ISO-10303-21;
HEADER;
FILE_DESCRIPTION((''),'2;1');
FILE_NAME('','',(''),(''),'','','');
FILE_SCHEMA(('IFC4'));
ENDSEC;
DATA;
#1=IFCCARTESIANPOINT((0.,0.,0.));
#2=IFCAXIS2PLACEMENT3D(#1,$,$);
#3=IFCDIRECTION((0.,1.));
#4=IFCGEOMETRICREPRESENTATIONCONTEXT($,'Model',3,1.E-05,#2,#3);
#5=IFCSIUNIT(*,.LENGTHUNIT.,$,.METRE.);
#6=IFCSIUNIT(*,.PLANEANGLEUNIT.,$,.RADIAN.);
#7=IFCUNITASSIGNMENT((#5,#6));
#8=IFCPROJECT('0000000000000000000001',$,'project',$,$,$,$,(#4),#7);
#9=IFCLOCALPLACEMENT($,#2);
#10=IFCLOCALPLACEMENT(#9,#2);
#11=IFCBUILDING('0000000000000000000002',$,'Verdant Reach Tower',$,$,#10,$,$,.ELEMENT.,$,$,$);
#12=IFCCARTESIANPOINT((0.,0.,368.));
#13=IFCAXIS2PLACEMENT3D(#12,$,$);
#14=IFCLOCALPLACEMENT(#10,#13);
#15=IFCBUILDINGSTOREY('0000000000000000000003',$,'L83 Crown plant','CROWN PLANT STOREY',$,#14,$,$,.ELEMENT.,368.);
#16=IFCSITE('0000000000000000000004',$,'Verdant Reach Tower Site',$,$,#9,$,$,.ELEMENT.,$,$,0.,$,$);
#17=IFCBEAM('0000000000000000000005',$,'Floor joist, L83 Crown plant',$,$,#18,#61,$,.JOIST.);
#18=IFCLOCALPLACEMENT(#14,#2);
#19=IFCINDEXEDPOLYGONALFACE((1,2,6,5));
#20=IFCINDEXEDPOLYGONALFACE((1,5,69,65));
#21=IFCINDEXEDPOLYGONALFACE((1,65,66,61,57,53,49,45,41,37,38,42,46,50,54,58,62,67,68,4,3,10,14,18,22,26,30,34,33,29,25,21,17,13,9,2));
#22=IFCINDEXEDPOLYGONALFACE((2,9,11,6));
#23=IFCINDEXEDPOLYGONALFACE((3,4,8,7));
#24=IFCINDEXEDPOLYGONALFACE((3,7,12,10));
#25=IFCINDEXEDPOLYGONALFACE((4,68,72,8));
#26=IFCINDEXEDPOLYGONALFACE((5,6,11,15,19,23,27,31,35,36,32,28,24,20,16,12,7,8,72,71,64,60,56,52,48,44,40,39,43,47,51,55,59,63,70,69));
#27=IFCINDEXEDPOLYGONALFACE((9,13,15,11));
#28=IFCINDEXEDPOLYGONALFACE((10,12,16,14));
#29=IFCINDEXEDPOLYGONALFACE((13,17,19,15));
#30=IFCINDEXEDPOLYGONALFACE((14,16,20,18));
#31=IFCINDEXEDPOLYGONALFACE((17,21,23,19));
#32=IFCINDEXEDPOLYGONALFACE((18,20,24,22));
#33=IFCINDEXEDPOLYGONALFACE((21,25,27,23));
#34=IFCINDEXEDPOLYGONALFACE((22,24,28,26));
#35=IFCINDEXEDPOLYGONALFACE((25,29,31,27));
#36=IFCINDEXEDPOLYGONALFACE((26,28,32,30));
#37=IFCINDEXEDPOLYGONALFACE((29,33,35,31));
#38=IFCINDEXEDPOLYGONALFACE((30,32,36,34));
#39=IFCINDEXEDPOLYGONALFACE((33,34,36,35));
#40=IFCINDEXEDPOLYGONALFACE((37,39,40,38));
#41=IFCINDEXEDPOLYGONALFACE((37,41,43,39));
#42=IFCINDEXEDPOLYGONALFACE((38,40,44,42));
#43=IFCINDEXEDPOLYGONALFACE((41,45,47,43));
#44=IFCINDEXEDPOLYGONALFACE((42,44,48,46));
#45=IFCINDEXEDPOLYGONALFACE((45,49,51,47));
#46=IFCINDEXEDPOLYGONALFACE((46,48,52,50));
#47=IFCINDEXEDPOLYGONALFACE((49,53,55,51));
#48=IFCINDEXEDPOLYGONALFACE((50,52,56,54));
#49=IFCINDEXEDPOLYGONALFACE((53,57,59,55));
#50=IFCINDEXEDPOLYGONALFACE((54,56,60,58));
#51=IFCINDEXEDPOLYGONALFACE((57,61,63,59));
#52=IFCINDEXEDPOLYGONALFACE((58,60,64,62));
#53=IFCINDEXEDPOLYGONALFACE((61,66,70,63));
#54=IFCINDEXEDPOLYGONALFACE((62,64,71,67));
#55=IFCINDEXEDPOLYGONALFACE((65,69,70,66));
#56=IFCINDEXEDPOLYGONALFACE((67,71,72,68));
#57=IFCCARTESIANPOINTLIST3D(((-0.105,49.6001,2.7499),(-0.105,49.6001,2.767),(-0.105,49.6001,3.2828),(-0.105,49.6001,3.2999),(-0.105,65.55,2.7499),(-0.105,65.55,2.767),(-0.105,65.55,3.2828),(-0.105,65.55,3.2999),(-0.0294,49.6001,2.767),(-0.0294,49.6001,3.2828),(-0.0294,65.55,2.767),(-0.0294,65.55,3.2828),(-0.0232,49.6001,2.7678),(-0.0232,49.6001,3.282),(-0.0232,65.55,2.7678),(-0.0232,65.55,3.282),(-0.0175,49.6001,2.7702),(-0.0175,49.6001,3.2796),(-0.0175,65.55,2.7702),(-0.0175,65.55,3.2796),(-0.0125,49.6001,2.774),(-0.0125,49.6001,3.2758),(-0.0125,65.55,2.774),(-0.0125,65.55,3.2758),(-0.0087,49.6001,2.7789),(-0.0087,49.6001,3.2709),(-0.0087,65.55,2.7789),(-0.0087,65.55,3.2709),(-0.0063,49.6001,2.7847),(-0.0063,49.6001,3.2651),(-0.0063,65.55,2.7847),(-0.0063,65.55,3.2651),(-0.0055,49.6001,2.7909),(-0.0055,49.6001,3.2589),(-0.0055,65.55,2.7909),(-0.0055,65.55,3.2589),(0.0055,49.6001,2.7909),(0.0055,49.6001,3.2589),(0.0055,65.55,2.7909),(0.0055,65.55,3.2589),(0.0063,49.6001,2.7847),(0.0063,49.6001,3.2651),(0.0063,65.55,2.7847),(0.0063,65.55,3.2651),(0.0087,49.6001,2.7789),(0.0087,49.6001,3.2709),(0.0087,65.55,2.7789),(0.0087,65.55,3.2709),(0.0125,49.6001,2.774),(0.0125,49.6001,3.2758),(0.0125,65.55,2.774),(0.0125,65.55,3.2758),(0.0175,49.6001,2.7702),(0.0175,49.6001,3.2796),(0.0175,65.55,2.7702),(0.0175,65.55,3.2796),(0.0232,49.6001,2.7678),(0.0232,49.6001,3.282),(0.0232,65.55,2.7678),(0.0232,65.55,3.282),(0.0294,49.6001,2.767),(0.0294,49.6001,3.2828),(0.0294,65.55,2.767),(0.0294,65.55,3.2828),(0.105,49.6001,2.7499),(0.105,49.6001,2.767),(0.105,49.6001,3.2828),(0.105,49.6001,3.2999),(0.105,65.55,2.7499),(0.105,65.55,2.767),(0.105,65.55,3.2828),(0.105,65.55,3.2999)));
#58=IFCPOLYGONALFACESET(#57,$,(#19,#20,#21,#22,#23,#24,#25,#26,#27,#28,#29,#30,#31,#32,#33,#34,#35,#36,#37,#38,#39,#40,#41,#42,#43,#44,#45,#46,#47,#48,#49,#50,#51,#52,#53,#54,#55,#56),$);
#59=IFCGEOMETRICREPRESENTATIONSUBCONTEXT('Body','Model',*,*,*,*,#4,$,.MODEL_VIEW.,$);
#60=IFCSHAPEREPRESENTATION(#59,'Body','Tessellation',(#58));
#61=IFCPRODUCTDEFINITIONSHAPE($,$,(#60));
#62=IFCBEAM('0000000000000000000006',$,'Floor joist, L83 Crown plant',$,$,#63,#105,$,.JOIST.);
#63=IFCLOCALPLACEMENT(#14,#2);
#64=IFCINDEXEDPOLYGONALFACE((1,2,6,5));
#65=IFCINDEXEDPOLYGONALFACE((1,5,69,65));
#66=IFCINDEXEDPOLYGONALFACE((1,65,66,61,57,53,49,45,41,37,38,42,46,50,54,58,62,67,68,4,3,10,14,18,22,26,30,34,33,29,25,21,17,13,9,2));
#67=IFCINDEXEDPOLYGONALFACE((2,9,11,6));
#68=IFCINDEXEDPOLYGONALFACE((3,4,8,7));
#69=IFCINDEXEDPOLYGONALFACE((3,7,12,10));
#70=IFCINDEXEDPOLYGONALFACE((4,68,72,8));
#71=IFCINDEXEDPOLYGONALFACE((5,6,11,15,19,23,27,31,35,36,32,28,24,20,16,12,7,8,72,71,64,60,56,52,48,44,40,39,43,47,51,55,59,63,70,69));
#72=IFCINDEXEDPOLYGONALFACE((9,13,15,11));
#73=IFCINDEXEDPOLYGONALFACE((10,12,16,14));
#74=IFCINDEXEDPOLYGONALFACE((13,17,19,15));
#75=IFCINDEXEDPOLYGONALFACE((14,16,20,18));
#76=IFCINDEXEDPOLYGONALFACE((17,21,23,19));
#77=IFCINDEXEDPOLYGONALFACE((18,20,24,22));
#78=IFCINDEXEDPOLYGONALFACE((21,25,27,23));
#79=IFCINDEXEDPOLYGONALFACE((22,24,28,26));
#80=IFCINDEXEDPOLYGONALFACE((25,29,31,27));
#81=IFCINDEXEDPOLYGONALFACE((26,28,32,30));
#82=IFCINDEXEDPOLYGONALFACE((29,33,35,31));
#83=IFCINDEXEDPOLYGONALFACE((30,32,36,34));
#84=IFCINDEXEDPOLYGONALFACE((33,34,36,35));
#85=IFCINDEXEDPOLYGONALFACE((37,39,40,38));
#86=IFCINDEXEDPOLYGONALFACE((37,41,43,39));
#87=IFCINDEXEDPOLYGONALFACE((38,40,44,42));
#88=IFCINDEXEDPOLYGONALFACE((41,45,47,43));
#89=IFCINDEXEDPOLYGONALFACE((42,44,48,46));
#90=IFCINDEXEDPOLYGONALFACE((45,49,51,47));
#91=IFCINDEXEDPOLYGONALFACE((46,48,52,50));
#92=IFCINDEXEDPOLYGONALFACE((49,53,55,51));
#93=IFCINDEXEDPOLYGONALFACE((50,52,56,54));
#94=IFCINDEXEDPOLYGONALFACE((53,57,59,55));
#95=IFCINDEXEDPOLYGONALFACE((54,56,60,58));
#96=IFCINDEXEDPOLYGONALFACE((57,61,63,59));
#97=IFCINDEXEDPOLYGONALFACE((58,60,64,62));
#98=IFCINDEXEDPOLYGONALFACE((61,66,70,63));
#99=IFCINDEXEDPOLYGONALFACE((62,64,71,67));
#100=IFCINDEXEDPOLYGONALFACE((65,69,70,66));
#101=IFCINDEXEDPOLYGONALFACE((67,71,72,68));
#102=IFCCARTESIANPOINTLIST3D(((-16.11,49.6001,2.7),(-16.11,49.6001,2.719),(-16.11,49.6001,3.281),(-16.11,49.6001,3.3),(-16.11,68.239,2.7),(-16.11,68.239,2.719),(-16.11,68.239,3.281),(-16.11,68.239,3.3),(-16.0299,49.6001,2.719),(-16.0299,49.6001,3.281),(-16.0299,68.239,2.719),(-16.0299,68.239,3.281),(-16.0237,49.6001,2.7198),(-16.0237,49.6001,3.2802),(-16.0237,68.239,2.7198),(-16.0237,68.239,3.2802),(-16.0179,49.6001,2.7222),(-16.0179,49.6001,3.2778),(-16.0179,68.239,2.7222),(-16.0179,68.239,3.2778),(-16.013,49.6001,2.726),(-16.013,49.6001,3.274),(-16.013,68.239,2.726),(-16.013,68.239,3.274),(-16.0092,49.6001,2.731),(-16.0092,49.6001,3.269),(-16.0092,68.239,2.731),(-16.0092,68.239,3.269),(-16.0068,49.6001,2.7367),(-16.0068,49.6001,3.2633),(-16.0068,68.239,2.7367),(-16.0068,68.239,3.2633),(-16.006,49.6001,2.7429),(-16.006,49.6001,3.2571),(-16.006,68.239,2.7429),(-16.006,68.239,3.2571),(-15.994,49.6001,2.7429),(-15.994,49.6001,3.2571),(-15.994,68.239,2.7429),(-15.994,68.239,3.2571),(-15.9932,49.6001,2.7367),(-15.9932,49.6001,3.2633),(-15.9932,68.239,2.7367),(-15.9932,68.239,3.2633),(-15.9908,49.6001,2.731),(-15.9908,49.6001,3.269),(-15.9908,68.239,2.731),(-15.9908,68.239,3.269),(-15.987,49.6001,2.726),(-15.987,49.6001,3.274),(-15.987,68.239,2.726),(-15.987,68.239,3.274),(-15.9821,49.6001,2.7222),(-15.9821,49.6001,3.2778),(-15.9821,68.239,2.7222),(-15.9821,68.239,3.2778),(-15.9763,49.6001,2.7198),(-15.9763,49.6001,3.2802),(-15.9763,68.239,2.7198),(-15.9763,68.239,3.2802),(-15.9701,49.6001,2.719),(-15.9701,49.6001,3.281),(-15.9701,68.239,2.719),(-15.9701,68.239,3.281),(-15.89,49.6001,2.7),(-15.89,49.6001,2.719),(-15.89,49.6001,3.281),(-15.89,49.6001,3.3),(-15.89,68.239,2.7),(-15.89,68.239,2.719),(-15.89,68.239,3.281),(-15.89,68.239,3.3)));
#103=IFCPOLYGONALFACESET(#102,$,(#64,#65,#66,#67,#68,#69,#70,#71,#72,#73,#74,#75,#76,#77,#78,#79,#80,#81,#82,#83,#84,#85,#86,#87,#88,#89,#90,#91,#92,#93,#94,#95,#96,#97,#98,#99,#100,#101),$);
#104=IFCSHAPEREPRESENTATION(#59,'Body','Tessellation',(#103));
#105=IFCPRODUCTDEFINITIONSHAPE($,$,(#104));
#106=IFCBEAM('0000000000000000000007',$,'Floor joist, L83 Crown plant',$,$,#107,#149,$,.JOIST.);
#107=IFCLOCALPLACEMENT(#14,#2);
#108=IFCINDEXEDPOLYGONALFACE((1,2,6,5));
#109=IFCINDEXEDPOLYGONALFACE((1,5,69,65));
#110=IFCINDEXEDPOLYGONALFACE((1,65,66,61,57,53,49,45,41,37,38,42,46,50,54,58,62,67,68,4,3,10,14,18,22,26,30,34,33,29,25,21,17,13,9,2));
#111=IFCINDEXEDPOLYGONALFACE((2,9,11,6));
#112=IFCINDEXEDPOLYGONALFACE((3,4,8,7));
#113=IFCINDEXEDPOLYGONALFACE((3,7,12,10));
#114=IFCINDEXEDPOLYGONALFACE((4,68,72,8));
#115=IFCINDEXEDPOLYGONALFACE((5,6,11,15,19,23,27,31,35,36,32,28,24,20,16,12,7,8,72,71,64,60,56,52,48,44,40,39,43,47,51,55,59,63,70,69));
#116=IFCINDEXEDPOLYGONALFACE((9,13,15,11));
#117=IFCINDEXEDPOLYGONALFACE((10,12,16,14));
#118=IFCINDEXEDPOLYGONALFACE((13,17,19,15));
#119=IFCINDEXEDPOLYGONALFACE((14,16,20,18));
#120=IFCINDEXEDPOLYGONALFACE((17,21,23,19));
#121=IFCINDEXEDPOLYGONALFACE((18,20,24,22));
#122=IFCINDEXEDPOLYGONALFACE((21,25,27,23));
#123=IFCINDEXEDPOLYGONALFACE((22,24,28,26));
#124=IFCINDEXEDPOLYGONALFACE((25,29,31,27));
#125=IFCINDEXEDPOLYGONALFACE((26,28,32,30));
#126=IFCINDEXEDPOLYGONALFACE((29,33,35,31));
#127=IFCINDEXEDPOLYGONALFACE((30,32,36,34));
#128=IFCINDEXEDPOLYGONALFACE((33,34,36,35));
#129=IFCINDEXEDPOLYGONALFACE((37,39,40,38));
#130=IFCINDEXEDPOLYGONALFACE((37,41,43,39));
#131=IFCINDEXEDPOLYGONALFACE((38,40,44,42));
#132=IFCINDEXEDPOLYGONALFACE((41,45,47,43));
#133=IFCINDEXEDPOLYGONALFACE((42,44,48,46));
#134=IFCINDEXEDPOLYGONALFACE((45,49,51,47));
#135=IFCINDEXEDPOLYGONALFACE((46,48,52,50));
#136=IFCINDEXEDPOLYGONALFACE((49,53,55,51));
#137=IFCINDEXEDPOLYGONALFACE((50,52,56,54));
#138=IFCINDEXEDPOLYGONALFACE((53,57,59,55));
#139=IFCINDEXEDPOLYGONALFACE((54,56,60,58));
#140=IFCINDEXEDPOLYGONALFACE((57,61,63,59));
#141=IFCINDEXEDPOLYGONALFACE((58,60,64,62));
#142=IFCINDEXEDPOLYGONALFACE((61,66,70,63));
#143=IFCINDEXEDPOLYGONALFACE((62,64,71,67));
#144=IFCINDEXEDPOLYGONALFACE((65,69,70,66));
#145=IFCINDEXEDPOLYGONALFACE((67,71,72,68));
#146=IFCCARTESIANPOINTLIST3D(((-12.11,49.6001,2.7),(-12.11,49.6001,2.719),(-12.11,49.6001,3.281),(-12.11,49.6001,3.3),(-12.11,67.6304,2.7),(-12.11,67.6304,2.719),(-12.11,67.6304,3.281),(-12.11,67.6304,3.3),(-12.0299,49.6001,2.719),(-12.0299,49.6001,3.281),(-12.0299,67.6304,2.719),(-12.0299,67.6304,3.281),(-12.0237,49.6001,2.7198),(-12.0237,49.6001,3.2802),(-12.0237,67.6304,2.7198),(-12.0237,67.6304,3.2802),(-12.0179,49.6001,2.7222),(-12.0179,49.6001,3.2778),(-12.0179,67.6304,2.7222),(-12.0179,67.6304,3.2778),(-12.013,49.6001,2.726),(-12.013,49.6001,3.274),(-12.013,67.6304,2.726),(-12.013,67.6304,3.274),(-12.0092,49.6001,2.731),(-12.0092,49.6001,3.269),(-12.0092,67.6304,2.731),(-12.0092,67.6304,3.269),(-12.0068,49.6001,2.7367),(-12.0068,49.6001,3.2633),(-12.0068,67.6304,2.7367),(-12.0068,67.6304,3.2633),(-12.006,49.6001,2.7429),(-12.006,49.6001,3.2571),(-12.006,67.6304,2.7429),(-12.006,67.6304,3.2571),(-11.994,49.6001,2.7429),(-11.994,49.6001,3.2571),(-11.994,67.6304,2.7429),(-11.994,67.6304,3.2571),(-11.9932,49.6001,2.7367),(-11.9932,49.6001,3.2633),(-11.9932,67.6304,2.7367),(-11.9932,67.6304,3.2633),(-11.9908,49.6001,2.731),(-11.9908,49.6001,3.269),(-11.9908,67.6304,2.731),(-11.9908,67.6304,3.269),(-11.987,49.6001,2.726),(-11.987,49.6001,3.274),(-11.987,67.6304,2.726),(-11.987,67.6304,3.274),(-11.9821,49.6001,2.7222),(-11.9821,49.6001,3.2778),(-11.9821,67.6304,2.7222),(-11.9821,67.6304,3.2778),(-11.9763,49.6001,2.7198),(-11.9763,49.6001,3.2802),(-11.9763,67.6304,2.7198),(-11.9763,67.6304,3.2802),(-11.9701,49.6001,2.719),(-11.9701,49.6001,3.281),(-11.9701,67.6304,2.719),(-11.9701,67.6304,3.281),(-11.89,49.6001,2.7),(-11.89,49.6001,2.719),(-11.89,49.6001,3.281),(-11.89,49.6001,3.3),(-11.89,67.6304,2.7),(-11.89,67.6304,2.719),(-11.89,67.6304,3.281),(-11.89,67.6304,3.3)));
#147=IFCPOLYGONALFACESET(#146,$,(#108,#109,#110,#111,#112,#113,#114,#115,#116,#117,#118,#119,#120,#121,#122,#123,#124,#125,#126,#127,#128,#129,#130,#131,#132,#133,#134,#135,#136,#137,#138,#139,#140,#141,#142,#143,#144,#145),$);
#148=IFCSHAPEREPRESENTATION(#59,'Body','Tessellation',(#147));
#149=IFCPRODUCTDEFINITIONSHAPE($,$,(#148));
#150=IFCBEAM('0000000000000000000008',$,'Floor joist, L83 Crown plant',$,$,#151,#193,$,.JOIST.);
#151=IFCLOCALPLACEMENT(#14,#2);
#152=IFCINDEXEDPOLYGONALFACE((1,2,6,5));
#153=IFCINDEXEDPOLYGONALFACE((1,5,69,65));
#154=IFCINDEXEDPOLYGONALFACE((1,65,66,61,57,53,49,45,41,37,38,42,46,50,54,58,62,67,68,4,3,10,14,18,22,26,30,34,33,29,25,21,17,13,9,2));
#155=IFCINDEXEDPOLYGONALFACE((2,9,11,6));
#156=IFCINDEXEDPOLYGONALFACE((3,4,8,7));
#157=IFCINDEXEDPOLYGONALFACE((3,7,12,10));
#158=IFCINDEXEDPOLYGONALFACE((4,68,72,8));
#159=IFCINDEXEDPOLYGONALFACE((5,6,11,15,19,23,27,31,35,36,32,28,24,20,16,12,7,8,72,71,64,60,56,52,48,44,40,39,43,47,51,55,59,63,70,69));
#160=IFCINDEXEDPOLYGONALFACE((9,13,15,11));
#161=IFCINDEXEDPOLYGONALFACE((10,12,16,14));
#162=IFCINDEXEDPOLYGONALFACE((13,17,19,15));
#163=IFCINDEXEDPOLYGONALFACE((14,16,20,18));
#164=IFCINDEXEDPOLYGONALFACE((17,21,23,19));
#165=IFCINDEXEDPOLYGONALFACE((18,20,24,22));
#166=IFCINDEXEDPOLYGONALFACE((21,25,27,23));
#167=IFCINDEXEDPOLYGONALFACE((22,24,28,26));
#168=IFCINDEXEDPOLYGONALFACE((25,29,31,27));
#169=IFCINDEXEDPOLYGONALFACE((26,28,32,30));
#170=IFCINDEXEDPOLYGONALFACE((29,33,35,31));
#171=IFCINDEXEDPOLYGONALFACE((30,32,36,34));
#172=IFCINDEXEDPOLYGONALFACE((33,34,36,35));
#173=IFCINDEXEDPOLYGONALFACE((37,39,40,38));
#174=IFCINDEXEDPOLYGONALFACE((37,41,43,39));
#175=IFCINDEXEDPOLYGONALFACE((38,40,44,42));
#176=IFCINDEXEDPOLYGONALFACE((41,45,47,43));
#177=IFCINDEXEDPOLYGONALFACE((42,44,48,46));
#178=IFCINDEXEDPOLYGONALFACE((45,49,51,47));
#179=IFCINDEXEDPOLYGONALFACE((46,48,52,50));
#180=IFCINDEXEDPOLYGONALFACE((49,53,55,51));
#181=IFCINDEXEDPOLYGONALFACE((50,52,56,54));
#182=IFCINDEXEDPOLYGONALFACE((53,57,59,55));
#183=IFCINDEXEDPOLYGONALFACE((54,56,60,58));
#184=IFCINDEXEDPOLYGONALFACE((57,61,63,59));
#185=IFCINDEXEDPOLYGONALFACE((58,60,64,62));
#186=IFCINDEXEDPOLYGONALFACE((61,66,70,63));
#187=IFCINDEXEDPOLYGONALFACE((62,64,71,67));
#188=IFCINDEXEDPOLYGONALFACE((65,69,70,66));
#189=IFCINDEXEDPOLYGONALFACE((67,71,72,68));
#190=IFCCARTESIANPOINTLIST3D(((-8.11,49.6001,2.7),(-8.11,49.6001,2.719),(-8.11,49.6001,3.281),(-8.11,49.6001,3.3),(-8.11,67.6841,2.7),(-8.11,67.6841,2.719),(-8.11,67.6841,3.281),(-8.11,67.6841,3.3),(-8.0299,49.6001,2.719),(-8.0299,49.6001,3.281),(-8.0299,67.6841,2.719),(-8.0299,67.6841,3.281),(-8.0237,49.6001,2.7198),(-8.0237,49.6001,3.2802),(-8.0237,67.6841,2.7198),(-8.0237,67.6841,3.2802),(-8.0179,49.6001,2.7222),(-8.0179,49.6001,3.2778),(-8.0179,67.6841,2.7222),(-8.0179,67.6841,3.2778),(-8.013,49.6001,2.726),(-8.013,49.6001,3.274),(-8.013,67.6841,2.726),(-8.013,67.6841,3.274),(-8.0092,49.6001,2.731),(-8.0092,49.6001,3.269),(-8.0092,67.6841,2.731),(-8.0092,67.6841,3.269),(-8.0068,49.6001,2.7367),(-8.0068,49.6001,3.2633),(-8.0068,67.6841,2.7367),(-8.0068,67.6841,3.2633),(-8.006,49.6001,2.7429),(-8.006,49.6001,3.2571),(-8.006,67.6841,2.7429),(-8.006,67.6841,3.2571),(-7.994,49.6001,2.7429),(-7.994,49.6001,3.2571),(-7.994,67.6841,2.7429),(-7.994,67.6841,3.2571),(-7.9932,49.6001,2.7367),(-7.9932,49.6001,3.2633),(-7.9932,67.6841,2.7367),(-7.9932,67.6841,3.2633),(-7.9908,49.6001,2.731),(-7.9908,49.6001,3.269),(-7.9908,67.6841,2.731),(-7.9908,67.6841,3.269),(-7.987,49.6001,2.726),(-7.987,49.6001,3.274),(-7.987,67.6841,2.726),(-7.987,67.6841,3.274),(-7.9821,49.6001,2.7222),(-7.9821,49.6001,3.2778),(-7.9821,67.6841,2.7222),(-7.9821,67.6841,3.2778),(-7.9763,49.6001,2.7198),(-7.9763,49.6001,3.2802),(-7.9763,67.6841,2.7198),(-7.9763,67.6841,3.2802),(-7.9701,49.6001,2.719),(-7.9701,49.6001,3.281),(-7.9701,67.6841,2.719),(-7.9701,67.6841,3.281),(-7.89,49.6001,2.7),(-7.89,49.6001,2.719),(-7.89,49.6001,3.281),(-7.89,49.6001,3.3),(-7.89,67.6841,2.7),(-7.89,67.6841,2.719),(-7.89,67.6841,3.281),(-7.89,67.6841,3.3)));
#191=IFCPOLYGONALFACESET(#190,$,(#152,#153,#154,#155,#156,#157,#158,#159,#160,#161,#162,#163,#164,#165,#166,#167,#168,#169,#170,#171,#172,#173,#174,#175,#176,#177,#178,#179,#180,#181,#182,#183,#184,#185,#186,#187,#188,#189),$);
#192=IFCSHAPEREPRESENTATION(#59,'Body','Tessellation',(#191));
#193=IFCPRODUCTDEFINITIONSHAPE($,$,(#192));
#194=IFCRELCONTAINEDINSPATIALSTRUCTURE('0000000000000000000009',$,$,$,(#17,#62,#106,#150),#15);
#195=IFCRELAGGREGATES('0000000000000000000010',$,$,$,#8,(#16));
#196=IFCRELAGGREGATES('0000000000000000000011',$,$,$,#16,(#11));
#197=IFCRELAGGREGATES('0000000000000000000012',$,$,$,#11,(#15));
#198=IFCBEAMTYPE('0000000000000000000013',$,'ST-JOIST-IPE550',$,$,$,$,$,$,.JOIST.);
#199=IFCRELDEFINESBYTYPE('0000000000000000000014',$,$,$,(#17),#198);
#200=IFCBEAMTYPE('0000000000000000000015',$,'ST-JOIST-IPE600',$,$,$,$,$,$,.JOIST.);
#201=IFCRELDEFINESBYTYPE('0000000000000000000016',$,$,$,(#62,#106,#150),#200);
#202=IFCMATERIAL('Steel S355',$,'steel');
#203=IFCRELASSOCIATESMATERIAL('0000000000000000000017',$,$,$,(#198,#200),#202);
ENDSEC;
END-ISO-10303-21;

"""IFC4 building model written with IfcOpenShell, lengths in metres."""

from ifc_helpers import new_model, si_unit, direction, frame, origin, origin_2d, place, context, subcontext, project, spatial, i_section, extrude, material, material_profile, profile_set, type_object, element, save


model = new_model("IFC4")

# Units and contexts
model_context = context("Model", 3, precision=1e-05, world=origin(), true_north=direction((0.0, 1.0)))
body_context = subcontext(model_context, "Body", "Model", "MODEL_VIEW")
ifc_project = project(units=[si_unit("LENGTHUNIT", "METRE"), si_unit("PLANEANGLEUNIT", "RADIAN")], contexts=[model_context])

# Site, building, storey
site_placement = place(None, origin())
site = spatial("IfcSite", under=ifc_project, at=site_placement, Name="Verdant Reach Tower Site", CompositionType="ELEMENT", RefElevation=0.0)
building_placement = place(site_placement, origin())
building = spatial("IfcBuilding", under=site, at=building_placement, Name="Verdant Reach Tower", CompositionType="ELEMENT")
storey_placement = place(building_placement, frame((0.0, 0.0, 368.0)))
storey = spatial("IfcBuildingStorey", under=building, at=storey_placement, Name="L83 Crown plant", Description="CROWN PLANT STOREY", CompositionType="ELEMENT", Elevation=368.0)

# Beams
ifc_material_1 = material(Name="Steel S355", Category="steel")
ifc_material_profile_1 = material_profile(ifc_material_1, i_section(OverallWidth=0.21, OverallDepth=0.55, WebThickness=0.011, FlangeThickness=0.0171, FilletRadius=0.0239, at=origin_2d()), Name="IPE 550")
ifc_profile_set_1 = profile_set([ifc_material_profile_1], Name="Steel S355")
beam_type_1 = type_object("IfcBeamType", Name="ST-JOIST-IPE550", PredefinedType="JOIST", material=ifc_profile_set_1)
beam_1_placement = place(storey_placement, frame((0.0, 49.6001, 3.0249), z_axis=(0.0, 1.0, 0.0), x_axis=(-1.0, 0.0, 0.0)))
element("IfcBeam", 1, at=beam_1_placement, inside=storey, type_object=beam_type_1, Name="Floor joist, L83 Crown plant", PredefinedType="JOIST", context=body_context, shape_type="SweptSolid", body=[
    extrude(i_section(OverallWidth=0.21, OverallDepth=0.55, WebThickness=0.011, FlangeThickness=0.0171, FilletRadius=0.0239, at=origin_2d()), origin(), (0.0, 0.0, 1.0), 15.95),
])
ifc_material_profile_2 = material_profile(ifc_material_1, i_section(OverallWidth=0.22, OverallDepth=0.6001, WebThickness=0.012, FlangeThickness=0.019, FilletRadius=0.0239, at=origin_2d()), Name="IPE 600")
ifc_profile_set_2 = profile_set([ifc_material_profile_2], Name="Steel S355")
beam_type_2 = type_object("IfcBeamType", Name="ST-JOIST-IPE600", PredefinedType="JOIST", material=ifc_profile_set_2)
beam_2_placement = place(storey_placement, frame((-16.0, 49.6001, 3.0), z_axis=(0.0, 1.0, 0.0), x_axis=(-1.0, 0.0, 0.0)))
element("IfcBeam", 2, at=beam_2_placement, inside=storey, type_object=beam_type_2, Name="Floor joist, L83 Crown plant", PredefinedType="JOIST", context=body_context, shape_type="SweptSolid", body=[
    extrude(i_section(OverallWidth=0.22, OverallDepth=0.6001, WebThickness=0.012, FlangeThickness=0.019, FilletRadius=0.0239, at=origin_2d()), origin(), (0.0, 0.0, 1.0), 18.6389),
])
beam_3_placement = place(storey_placement, frame((-12.0, 49.6001, 3.0), z_axis=(0.0, 1.0, 0.0), x_axis=(-1.0, 0.0, 0.0)))
element("IfcBeam", 3, at=beam_3_placement, inside=storey, type_object=beam_type_2, Name="Floor joist, L83 Crown plant", PredefinedType="JOIST", context=body_context, shape_type="SweptSolid", body=[
    extrude(i_section(OverallWidth=0.22, OverallDepth=0.6001, WebThickness=0.012, FlangeThickness=0.019, FilletRadius=0.0239, at=origin_2d()), origin(), (0.0, 0.0, 1.0), 18.0303),
])
beam_4_placement = place(storey_placement, frame((-8.0, 49.6001, 3.0), z_axis=(0.0, 1.0, 0.0), x_axis=(-1.0, 0.0, 0.0)))
element("IfcBeam", 4, at=beam_4_placement, inside=storey, type_object=beam_type_2, Name="Floor joist, L83 Crown plant", PredefinedType="JOIST", context=body_context, shape_type="SweptSolid", body=[
    extrude(i_section(OverallWidth=0.22, OverallDepth=0.6001, WebThickness=0.012, FlangeThickness=0.019, FilletRadius=0.0239, at=origin_2d()), origin(), (0.0, 0.0, 1.0), 18.084),
])

save(model, "model.ifc")
